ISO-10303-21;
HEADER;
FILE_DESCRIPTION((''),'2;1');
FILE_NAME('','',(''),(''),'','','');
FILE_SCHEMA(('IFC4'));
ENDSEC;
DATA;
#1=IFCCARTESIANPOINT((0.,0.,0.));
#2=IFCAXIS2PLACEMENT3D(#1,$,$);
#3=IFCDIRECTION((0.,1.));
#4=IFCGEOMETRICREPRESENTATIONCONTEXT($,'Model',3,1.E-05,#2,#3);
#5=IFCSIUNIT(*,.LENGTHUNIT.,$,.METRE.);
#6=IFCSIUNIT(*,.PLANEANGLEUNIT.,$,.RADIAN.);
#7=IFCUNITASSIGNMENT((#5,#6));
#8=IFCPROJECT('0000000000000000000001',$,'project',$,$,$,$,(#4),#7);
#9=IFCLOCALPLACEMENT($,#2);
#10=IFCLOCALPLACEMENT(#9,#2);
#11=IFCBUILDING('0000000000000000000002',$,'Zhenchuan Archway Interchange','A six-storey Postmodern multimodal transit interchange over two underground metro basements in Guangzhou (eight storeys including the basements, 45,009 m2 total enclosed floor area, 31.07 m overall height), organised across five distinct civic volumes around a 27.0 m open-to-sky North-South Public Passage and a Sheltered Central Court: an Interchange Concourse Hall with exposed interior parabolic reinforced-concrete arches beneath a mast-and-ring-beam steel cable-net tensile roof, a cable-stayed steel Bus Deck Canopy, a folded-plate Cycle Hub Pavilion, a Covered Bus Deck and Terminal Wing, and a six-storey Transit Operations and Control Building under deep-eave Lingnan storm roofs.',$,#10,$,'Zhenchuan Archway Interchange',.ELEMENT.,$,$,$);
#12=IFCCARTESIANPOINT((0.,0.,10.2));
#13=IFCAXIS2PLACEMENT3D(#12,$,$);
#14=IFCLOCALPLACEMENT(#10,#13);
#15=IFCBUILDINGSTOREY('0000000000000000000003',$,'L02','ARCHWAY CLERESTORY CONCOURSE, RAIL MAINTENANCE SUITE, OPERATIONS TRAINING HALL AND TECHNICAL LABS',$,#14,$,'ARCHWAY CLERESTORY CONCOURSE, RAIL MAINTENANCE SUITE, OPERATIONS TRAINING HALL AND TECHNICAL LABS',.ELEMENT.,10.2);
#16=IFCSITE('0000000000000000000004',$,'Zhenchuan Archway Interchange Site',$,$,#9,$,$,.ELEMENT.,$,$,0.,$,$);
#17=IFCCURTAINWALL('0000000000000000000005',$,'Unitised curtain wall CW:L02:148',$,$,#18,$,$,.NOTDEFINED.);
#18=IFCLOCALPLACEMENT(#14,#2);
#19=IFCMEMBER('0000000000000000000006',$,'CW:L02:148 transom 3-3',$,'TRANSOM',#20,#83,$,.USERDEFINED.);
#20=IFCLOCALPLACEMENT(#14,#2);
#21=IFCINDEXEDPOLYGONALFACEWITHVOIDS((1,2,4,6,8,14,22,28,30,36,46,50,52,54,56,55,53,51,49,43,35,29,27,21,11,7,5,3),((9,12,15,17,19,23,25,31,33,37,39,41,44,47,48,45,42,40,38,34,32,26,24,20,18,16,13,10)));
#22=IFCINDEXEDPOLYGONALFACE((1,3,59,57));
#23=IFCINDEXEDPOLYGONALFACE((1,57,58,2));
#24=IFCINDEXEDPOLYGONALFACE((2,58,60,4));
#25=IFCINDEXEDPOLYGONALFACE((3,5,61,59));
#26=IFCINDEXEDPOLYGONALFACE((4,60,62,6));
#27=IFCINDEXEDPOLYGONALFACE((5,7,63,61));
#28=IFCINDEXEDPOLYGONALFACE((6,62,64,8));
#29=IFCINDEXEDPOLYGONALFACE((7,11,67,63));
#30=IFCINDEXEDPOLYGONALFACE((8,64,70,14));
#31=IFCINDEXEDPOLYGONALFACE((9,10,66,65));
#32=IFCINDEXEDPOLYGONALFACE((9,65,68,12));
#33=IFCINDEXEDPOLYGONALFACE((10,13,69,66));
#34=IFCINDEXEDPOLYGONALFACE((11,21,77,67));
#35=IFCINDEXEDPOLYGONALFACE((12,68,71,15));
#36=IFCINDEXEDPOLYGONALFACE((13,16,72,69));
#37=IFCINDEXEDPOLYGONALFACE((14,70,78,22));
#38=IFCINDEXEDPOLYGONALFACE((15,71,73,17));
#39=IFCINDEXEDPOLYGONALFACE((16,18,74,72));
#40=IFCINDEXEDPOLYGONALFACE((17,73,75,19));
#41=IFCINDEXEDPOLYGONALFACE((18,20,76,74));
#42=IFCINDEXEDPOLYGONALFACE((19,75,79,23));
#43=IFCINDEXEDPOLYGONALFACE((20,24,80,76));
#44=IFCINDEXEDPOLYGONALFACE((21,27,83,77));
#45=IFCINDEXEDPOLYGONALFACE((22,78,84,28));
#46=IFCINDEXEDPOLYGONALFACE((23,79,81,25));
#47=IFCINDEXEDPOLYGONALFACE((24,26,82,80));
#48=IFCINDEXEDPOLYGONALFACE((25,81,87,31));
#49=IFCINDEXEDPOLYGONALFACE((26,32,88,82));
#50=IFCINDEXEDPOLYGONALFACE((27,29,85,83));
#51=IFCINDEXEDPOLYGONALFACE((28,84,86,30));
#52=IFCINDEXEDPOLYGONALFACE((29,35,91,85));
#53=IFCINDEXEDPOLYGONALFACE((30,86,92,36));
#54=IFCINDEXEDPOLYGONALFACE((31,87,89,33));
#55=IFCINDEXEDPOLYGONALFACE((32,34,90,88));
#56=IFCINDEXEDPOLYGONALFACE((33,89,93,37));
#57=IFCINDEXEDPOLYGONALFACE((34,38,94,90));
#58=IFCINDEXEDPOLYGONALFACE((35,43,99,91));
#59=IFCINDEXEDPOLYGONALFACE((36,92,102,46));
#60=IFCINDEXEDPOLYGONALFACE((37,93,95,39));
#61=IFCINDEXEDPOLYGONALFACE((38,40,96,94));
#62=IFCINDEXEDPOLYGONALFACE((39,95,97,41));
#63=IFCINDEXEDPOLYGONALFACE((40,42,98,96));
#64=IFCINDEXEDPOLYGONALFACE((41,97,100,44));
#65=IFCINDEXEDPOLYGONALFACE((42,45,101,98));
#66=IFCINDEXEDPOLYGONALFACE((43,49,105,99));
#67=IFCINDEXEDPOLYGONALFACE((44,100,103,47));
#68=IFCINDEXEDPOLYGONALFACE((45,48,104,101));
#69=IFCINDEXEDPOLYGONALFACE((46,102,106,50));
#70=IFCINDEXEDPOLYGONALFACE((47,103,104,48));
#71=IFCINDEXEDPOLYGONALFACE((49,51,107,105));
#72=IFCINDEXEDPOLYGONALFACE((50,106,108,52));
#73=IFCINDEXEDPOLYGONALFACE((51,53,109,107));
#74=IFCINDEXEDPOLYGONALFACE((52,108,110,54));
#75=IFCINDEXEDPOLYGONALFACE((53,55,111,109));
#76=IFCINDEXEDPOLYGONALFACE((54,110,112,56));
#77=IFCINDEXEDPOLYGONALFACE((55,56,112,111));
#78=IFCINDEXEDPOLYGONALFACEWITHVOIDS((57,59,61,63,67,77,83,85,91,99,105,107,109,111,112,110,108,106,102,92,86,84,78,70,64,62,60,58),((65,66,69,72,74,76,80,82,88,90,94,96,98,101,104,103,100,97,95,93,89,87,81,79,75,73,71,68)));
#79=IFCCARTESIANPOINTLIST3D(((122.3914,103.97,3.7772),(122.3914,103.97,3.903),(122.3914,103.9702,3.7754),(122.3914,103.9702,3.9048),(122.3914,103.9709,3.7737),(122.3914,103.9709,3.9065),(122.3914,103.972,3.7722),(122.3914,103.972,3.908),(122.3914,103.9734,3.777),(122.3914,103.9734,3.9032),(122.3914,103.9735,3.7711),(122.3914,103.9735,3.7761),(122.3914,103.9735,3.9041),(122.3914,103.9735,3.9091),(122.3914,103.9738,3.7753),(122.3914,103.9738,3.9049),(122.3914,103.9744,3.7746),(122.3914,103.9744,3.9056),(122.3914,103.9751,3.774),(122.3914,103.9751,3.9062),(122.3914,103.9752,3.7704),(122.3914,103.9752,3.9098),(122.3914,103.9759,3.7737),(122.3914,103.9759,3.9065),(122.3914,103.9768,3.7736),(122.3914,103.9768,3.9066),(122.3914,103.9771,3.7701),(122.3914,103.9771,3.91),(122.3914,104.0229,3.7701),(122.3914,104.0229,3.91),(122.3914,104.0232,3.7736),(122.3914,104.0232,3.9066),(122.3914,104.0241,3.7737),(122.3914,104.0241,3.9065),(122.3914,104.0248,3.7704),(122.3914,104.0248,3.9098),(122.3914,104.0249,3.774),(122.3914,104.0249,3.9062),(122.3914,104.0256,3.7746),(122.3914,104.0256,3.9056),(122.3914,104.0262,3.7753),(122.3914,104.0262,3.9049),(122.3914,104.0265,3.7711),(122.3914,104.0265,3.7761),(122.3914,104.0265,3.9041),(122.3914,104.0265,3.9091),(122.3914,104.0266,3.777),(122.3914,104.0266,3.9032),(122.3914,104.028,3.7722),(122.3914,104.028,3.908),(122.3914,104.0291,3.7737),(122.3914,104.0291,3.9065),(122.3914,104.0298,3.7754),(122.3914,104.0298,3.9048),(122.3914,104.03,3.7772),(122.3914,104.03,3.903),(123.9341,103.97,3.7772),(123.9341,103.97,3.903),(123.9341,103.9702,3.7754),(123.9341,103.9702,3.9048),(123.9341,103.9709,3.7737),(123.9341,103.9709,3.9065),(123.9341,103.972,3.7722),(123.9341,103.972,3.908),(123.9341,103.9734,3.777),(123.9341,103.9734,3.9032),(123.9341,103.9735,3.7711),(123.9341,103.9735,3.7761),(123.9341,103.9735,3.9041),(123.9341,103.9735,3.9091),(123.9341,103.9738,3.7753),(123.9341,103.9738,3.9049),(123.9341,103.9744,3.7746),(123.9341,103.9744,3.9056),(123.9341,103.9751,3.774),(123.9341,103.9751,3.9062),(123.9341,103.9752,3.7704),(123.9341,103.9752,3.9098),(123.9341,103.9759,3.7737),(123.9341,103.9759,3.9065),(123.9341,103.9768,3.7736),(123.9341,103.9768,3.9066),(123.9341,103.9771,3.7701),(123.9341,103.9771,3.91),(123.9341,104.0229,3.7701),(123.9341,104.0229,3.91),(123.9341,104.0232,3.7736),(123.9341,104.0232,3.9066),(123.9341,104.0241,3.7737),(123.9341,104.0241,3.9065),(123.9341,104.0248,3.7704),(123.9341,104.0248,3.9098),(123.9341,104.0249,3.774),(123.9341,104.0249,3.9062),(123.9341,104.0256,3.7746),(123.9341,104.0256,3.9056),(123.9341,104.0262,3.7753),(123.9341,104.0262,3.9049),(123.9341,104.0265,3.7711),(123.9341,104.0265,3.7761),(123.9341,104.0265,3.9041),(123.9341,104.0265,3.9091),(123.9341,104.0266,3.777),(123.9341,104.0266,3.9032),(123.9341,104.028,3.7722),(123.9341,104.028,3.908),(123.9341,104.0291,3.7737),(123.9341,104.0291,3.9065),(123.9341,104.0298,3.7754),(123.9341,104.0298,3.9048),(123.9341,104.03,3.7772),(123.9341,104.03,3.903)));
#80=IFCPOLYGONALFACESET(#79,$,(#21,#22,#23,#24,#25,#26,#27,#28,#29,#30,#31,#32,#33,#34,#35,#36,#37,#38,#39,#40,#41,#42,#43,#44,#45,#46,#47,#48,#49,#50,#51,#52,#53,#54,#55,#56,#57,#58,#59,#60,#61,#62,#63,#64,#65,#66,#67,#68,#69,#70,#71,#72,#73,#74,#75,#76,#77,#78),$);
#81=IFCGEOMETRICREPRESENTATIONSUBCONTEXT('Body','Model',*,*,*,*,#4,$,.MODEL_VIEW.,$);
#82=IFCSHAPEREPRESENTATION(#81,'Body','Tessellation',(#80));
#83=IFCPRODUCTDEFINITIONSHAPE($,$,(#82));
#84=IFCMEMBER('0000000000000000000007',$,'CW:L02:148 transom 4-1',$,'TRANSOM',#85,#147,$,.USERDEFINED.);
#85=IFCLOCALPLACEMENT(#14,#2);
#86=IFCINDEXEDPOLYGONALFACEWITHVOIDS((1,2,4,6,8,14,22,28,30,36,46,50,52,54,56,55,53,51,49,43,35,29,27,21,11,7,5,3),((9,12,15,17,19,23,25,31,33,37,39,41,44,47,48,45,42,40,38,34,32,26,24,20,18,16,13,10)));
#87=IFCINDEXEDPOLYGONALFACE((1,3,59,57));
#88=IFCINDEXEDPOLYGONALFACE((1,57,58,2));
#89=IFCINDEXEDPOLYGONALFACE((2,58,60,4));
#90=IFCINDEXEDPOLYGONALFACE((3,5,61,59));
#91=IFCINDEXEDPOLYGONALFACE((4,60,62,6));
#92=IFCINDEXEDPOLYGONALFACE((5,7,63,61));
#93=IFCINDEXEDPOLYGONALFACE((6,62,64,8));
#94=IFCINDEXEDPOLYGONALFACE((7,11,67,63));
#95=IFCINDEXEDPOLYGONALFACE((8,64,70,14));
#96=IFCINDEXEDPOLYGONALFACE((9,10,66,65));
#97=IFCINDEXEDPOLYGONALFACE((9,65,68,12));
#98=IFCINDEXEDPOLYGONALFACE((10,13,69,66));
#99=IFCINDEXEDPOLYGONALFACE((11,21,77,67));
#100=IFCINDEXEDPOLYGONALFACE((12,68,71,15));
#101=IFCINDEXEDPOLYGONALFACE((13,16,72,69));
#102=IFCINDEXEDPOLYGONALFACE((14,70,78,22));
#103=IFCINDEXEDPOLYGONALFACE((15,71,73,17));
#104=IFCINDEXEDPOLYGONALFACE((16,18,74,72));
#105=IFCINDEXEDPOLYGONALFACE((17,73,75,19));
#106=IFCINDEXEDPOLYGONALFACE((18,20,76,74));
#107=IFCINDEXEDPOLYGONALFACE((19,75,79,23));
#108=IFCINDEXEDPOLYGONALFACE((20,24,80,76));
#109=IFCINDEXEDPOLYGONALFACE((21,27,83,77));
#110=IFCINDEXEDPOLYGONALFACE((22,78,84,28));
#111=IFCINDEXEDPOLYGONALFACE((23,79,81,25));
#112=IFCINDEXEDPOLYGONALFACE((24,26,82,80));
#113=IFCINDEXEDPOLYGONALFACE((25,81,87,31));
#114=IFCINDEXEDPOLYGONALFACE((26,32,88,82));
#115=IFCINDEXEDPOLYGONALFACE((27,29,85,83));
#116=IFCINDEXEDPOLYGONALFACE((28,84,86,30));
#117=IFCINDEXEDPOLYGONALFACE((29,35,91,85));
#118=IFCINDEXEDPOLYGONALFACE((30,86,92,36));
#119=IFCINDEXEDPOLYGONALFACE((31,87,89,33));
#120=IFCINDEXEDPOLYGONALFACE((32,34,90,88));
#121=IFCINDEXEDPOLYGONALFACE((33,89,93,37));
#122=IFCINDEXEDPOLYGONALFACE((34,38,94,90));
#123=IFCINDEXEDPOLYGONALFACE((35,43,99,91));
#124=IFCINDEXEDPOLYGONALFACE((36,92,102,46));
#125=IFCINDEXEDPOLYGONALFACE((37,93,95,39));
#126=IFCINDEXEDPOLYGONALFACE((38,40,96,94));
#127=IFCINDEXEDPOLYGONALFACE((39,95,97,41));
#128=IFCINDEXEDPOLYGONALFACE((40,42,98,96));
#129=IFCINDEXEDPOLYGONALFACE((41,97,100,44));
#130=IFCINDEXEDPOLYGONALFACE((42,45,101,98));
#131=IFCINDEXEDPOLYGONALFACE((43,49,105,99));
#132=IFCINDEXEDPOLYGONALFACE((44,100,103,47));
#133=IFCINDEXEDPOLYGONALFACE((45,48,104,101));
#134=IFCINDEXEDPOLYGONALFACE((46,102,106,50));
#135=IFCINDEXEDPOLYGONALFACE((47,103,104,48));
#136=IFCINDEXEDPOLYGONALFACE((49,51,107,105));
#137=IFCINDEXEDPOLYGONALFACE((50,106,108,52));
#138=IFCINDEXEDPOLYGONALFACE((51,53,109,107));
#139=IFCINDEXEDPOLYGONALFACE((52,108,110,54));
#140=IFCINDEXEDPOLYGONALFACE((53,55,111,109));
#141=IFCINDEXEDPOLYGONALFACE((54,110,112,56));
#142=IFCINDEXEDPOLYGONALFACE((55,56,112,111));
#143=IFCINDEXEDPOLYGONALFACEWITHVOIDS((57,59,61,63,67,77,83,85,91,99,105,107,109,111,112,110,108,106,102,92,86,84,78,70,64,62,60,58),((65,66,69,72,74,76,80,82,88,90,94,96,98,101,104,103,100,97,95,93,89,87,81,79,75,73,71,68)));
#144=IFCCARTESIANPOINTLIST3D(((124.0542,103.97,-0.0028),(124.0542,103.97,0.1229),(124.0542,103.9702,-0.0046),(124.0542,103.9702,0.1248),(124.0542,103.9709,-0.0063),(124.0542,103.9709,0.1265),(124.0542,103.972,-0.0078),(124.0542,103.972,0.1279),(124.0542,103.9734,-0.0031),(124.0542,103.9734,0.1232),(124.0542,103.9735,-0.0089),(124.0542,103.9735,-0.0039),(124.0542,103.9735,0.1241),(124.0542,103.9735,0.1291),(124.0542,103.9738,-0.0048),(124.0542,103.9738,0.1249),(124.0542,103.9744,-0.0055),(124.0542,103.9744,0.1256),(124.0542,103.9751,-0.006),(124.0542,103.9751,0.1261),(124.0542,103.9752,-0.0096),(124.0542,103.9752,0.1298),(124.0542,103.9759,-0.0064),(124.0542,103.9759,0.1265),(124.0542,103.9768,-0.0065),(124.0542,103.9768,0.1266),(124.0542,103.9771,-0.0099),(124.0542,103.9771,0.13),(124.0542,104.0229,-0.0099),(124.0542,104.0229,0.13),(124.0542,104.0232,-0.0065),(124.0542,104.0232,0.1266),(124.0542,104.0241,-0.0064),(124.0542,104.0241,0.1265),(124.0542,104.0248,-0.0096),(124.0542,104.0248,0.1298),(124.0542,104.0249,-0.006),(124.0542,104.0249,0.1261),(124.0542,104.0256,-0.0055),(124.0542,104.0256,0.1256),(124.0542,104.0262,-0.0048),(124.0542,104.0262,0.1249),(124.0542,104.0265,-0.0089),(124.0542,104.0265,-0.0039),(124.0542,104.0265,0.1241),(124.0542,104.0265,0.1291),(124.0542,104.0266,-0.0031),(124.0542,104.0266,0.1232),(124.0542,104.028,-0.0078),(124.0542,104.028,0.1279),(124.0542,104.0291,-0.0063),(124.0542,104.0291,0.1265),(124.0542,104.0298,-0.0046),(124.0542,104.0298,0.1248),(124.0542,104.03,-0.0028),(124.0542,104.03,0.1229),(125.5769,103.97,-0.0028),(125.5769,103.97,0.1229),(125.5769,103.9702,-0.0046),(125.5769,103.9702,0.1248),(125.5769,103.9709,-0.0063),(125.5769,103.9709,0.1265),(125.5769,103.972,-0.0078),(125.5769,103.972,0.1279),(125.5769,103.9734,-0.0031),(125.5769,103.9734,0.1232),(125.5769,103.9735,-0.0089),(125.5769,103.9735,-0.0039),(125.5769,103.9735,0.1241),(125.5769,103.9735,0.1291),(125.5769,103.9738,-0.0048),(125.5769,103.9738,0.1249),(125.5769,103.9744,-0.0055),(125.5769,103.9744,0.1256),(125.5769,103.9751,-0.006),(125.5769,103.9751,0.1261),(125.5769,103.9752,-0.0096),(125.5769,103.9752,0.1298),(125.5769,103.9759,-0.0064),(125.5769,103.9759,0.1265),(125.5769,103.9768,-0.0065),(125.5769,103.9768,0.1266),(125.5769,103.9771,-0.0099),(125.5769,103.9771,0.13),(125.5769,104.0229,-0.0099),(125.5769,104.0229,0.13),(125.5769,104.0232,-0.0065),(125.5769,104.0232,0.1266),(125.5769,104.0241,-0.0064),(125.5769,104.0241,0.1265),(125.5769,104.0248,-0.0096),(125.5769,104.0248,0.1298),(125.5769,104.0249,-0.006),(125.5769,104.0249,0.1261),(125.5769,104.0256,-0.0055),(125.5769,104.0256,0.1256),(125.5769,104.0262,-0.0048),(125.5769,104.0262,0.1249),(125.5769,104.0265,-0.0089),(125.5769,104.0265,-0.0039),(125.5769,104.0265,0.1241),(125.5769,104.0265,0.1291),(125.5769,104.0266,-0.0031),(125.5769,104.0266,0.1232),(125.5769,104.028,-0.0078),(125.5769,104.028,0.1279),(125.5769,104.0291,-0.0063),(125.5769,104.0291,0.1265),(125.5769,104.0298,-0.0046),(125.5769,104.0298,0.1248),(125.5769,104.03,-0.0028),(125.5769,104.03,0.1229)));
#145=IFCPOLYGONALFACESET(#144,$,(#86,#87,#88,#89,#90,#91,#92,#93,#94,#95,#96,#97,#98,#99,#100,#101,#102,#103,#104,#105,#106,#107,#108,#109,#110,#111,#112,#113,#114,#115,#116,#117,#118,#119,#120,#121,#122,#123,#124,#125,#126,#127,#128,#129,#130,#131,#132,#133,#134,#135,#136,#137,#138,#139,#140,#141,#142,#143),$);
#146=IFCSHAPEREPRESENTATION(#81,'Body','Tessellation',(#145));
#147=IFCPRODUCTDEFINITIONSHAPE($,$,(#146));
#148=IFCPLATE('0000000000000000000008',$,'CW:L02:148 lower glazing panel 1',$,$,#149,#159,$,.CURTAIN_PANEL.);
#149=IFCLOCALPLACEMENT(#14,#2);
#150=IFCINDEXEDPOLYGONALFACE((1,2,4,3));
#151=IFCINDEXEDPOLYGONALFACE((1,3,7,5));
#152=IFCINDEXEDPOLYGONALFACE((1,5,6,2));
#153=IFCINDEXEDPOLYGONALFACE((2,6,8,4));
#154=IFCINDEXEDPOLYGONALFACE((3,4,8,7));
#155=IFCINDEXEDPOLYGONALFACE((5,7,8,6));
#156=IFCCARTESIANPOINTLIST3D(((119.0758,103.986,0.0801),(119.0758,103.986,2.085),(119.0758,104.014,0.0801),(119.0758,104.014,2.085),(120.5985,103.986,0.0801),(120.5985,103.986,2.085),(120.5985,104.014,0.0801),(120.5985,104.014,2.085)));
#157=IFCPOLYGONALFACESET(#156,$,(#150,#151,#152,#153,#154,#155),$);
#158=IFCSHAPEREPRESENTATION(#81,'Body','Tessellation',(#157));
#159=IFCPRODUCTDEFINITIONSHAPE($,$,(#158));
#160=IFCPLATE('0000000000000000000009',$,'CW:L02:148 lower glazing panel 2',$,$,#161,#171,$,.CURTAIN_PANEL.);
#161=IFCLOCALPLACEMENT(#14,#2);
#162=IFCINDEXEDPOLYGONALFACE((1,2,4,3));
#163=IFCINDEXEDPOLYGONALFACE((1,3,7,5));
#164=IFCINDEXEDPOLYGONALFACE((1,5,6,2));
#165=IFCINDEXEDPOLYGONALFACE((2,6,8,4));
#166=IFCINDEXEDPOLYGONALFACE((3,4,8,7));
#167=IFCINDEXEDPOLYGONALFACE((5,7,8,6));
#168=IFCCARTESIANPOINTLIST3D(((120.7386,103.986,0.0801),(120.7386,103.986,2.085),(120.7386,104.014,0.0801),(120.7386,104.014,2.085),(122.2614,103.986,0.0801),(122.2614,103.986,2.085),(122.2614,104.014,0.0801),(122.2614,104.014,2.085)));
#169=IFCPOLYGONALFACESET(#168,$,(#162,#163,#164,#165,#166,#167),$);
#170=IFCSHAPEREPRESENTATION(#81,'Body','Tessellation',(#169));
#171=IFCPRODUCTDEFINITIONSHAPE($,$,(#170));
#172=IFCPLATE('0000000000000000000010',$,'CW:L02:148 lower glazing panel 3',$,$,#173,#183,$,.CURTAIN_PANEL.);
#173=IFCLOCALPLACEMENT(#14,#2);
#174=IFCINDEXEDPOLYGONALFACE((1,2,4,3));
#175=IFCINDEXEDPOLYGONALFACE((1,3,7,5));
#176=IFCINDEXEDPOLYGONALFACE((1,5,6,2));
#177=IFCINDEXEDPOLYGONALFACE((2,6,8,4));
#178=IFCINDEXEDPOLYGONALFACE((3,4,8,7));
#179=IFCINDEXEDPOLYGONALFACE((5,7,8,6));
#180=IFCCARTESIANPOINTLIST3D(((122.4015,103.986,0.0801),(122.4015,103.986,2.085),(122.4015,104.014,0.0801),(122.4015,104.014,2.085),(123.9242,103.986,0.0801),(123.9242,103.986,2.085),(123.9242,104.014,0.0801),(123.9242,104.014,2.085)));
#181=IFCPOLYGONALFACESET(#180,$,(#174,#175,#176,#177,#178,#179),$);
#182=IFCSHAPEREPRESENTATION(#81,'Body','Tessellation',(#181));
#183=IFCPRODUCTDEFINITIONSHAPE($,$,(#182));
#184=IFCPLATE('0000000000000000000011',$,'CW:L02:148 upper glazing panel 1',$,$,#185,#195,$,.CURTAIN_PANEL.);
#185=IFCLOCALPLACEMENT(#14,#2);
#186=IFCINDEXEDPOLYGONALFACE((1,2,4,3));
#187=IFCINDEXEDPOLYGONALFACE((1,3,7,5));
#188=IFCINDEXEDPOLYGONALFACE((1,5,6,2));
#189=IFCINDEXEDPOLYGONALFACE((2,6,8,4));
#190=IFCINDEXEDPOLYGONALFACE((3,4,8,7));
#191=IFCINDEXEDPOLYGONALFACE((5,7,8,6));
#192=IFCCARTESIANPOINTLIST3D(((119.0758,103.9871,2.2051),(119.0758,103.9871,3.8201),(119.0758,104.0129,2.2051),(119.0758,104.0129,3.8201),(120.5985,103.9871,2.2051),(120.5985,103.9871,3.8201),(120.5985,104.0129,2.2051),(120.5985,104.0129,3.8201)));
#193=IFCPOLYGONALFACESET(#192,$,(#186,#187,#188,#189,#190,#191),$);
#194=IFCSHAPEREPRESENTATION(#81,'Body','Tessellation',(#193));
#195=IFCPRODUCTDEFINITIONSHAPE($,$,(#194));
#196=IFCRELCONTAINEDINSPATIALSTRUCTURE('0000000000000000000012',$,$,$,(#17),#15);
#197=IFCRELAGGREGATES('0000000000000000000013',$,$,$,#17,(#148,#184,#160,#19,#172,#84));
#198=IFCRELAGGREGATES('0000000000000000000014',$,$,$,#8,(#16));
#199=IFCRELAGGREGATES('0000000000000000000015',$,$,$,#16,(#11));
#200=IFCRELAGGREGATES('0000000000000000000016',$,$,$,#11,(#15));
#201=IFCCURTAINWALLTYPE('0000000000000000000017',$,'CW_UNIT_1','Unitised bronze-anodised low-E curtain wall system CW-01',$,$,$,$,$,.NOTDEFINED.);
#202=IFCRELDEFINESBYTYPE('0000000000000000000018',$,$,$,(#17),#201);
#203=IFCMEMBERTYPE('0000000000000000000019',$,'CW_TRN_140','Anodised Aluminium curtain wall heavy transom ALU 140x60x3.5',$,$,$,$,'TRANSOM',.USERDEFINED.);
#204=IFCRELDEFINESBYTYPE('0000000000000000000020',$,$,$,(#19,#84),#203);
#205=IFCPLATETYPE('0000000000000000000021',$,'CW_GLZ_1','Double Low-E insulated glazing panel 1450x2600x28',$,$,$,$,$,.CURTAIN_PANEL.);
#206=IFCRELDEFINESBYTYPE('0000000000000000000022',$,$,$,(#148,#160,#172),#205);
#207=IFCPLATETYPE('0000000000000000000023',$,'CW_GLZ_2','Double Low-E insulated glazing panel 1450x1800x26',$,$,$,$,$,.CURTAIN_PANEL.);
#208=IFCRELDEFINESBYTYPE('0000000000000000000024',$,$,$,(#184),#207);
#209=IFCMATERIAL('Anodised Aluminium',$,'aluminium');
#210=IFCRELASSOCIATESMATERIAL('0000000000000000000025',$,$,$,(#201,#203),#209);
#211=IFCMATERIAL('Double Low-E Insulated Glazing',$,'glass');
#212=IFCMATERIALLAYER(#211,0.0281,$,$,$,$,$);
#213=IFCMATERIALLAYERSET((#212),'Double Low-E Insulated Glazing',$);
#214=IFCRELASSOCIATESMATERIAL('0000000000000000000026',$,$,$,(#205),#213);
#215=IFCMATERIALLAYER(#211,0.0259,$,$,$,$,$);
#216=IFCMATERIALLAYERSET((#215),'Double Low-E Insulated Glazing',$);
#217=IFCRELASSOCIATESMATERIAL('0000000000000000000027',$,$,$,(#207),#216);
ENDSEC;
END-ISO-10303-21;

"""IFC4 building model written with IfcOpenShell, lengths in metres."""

from ifc_helpers import new_model, si_unit, direction, frame, origin, origin_2d, place, context, subcontext, project, spatial, rectangle, hollow_rectangle, extrude, material, layer, layer_set, material_profile, profile_set, type_object, element, aggregate, save


model = new_model("IFC4")

# Units and contexts
model_context = context("Model", 3, precision=1e-05, world=origin(), true_north=direction((0.0, 1.0)))
body_context = subcontext(model_context, "Body", "Model", "MODEL_VIEW")
ifc_project = project(units=[si_unit("LENGTHUNIT", "METRE"), si_unit("PLANEANGLEUNIT", "RADIAN")], contexts=[model_context])

# Site, building, storey
site_placement = place(None, origin())
site = spatial("IfcSite", under=ifc_project, at=site_placement, Name="Zhenchuan Archway Interchange Site", CompositionType="ELEMENT", RefElevation=0.0)
building_placement = place(site_placement, origin())
building = spatial("IfcBuilding", under=site, at=building_placement, Name="Zhenchuan Archway Interchange", Description="A six-storey Postmodern multimodal transit interchange over two underground metro basements in Guangzhou (eight storeys including the basements, 45,009 m2 total enclosed floor area, 31.07 m overall height), organised across five distinct civic volumes around a 27.0 m open-to-sky North-South Public Passage and a Sheltered Central Court: an Interchange Concourse Hall with exposed interior parabolic reinforced-concrete arches beneath a mast-and-ring-beam steel cable-net tensile roof, a cable-stayed steel Bus Deck Canopy, a folded-plate Cycle Hub Pavilion, a Covered Bus Deck and Terminal Wing, and a six-storey Transit Operations and Control Building under deep-eave Lingnan storm roofs.", LongName="Zhenchuan Archway Interchange", CompositionType="ELEMENT")
storey_placement = place(building_placement, frame((0.0, 0.0, 10.2)))
storey = spatial("IfcBuildingStorey", under=building, at=storey_placement, Name="L02", Description="ARCHWAY CLERESTORY CONCOURSE, RAIL MAINTENANCE SUITE, OPERATIONS TRAINING HALL AND TECHNICAL LABS", LongName="ARCHWAY CLERESTORY CONCOURSE, RAIL MAINTENANCE SUITE, OPERATIONS TRAINING HALL AND TECHNICAL LABS", CompositionType="ELEMENT", Elevation=10.2)

# Curtain wall, members, plates
ifc_material_1 = material(Name="Anodised Aluminium", Category="aluminium")
curtain_wall_type = type_object("IfcCurtainWallType", Name="CW_UNIT_1", Description="Unitised bronze-anodised low-E curtain wall system CW-01", PredefinedType="NOTDEFINED", material=ifc_material_1)
curtain_wall_placement = place(storey_placement, origin())
curtain_wall = element("IfcCurtainWall", 1, at=curtain_wall_placement, inside=storey, type_object=curtain_wall_type, Name="Unitised curtain wall CW:L02:148", PredefinedType="NOTDEFINED")
ifc_material_profile_1 = material_profile(ifc_material_1, hollow_rectangle(XDim=0.0601, YDim=0.1399, WallThickness=0.0034, InnerFilletRadius=0.0034, OuterFilletRadius=0.0071, at=origin_2d()), Name="ALU 140x60x3.5")
ifc_profile_set_1 = profile_set([ifc_material_profile_1], Name="Anodised Aluminium")
member_type_1 = type_object("IfcMemberType", Name="CW_TRN_140", Description="Anodised Aluminium curtain wall heavy transom ALU 140x60x3.5", ElementType="TRANSOM", PredefinedType="USERDEFINED", material=ifc_profile_set_1)
member_1_placement = place(storey_placement, frame((122.3914, 104.0, 3.8401), z_axis=(1.0, 0.0, 0.0), x_axis=(0.0, 1.0, 0.0)))
member_1 = element("IfcMember", 2, at=member_1_placement, type_object=member_type_1, Name="CW:L02:148 transom 3-3", ObjectType="TRANSOM", PredefinedType="USERDEFINED", context=body_context, shape_type="SweptSolid", body=[
    extrude(hollow_rectangle(XDim=0.0601, YDim=0.1399, WallThickness=0.0034, InnerFilletRadius=0.0034, OuterFilletRadius=0.0071, at=origin_2d()), origin(), (0.0, 0.0, 1.0), 1.5427),
])
member_2_placement = place(storey_placement, frame((124.0542, 104.0, 0.0601), z_axis=(1.0, 0.0, 0.0), x_axis=(0.0, 1.0, 0.0)))
member_2 = element("IfcMember", 3, at=member_2_placement, type_object=member_type_1, Name="CW:L02:148 transom 4-1", ObjectType="TRANSOM", PredefinedType="USERDEFINED", context=body_context, shape_type="SweptSolid", body=[
    extrude(hollow_rectangle(XDim=0.0601, YDim=0.1399, WallThickness=0.0034, InnerFilletRadius=0.0034, OuterFilletRadius=0.0071, at=origin_2d()), origin(), (0.0, 0.0, 1.0), 1.5227),
])
ifc_material_2 = material(Name="Double Low-E Insulated Glazing", Category="glass")
ifc_layer_1 = layer(ifc_material_2, 0.0281)
ifc_layer_set_1 = layer_set([ifc_layer_1], Name="Double Low-E Insulated Glazing")
plate_type_1 = type_object("IfcPlateType", Name="CW_GLZ_1", Description="Double Low-E insulated glazing panel 1450x2600x28", PredefinedType="CURTAIN_PANEL", material=ifc_layer_set_1)
plate_1_placement = place(storey_placement, frame((119.8372, 104.0, 0.0801), z_axis=(0.0, 0.0, 1.0), x_axis=(1.0, 0.0, 0.0)))
plate_1 = element("IfcPlate", 4, at=plate_1_placement, type_object=plate_type_1, Name="CW:L02:148 lower glazing panel 1", PredefinedType="CURTAIN_PANEL", context=body_context, shape_type="SweptSolid", body=[
    extrude(rectangle(XDim=1.5227, YDim=0.0281, at=origin_2d()), origin(), (0.0, 0.0, 1.0), 2.0049),
])
plate_2_placement = place(storey_placement, frame((121.5, 104.0, 0.0801), z_axis=(0.0, 0.0, 1.0), x_axis=(1.0, 0.0, 0.0)))
plate_2 = element("IfcPlate", 5, at=plate_2_placement, type_object=plate_type_1, Name="CW:L02:148 lower glazing panel 2", PredefinedType="CURTAIN_PANEL", context=body_context, shape_type="SweptSolid", body=[
    extrude(rectangle(XDim=1.5227, YDim=0.0281, at=origin_2d()), origin(), (0.0, 0.0, 1.0), 2.0049),
])
plate_3_placement = place(storey_placement, frame((123.1628, 104.0, 0.0801), z_axis=(0.0, 0.0, 1.0), x_axis=(1.0, 0.0, 0.0)))
plate_3 = element("IfcPlate", 6, at=plate_3_placement, type_object=plate_type_1, Name="CW:L02:148 lower glazing panel 3", PredefinedType="CURTAIN_PANEL", context=body_context, shape_type="SweptSolid", body=[
    extrude(rectangle(XDim=1.5227, YDim=0.0281, at=origin_2d()), origin(), (0.0, 0.0, 1.0), 2.0049),
])
ifc_layer_2 = layer(ifc_material_2, 0.0259)
ifc_layer_set_2 = layer_set([ifc_layer_2], Name="Double Low-E Insulated Glazing")
plate_type_2 = type_object("IfcPlateType", Name="CW_GLZ_2", Description="Double Low-E insulated glazing panel 1450x1800x26", PredefinedType="CURTAIN_PANEL", material=ifc_layer_set_2)
plate_4_placement = place(storey_placement, frame((119.8372, 104.0, 2.2051), z_axis=(0.0, 0.0, 1.0), x_axis=(1.0, 0.0, 0.0)))
plate_4 = element("IfcPlate", 7, at=plate_4_placement, type_object=plate_type_2, Name="CW:L02:148 upper glazing panel 1", PredefinedType="CURTAIN_PANEL", context=body_context, shape_type="SweptSolid", body=[
    extrude(rectangle(XDim=1.5227, YDim=0.0259, at=origin_2d()), origin(), (0.0, 0.0, 1.0), 1.615),
])
aggregate(curtain_wall, [plate_1, plate_4, plate_2, member_1, plate_3, member_2])

save(model, "model.ifc")
